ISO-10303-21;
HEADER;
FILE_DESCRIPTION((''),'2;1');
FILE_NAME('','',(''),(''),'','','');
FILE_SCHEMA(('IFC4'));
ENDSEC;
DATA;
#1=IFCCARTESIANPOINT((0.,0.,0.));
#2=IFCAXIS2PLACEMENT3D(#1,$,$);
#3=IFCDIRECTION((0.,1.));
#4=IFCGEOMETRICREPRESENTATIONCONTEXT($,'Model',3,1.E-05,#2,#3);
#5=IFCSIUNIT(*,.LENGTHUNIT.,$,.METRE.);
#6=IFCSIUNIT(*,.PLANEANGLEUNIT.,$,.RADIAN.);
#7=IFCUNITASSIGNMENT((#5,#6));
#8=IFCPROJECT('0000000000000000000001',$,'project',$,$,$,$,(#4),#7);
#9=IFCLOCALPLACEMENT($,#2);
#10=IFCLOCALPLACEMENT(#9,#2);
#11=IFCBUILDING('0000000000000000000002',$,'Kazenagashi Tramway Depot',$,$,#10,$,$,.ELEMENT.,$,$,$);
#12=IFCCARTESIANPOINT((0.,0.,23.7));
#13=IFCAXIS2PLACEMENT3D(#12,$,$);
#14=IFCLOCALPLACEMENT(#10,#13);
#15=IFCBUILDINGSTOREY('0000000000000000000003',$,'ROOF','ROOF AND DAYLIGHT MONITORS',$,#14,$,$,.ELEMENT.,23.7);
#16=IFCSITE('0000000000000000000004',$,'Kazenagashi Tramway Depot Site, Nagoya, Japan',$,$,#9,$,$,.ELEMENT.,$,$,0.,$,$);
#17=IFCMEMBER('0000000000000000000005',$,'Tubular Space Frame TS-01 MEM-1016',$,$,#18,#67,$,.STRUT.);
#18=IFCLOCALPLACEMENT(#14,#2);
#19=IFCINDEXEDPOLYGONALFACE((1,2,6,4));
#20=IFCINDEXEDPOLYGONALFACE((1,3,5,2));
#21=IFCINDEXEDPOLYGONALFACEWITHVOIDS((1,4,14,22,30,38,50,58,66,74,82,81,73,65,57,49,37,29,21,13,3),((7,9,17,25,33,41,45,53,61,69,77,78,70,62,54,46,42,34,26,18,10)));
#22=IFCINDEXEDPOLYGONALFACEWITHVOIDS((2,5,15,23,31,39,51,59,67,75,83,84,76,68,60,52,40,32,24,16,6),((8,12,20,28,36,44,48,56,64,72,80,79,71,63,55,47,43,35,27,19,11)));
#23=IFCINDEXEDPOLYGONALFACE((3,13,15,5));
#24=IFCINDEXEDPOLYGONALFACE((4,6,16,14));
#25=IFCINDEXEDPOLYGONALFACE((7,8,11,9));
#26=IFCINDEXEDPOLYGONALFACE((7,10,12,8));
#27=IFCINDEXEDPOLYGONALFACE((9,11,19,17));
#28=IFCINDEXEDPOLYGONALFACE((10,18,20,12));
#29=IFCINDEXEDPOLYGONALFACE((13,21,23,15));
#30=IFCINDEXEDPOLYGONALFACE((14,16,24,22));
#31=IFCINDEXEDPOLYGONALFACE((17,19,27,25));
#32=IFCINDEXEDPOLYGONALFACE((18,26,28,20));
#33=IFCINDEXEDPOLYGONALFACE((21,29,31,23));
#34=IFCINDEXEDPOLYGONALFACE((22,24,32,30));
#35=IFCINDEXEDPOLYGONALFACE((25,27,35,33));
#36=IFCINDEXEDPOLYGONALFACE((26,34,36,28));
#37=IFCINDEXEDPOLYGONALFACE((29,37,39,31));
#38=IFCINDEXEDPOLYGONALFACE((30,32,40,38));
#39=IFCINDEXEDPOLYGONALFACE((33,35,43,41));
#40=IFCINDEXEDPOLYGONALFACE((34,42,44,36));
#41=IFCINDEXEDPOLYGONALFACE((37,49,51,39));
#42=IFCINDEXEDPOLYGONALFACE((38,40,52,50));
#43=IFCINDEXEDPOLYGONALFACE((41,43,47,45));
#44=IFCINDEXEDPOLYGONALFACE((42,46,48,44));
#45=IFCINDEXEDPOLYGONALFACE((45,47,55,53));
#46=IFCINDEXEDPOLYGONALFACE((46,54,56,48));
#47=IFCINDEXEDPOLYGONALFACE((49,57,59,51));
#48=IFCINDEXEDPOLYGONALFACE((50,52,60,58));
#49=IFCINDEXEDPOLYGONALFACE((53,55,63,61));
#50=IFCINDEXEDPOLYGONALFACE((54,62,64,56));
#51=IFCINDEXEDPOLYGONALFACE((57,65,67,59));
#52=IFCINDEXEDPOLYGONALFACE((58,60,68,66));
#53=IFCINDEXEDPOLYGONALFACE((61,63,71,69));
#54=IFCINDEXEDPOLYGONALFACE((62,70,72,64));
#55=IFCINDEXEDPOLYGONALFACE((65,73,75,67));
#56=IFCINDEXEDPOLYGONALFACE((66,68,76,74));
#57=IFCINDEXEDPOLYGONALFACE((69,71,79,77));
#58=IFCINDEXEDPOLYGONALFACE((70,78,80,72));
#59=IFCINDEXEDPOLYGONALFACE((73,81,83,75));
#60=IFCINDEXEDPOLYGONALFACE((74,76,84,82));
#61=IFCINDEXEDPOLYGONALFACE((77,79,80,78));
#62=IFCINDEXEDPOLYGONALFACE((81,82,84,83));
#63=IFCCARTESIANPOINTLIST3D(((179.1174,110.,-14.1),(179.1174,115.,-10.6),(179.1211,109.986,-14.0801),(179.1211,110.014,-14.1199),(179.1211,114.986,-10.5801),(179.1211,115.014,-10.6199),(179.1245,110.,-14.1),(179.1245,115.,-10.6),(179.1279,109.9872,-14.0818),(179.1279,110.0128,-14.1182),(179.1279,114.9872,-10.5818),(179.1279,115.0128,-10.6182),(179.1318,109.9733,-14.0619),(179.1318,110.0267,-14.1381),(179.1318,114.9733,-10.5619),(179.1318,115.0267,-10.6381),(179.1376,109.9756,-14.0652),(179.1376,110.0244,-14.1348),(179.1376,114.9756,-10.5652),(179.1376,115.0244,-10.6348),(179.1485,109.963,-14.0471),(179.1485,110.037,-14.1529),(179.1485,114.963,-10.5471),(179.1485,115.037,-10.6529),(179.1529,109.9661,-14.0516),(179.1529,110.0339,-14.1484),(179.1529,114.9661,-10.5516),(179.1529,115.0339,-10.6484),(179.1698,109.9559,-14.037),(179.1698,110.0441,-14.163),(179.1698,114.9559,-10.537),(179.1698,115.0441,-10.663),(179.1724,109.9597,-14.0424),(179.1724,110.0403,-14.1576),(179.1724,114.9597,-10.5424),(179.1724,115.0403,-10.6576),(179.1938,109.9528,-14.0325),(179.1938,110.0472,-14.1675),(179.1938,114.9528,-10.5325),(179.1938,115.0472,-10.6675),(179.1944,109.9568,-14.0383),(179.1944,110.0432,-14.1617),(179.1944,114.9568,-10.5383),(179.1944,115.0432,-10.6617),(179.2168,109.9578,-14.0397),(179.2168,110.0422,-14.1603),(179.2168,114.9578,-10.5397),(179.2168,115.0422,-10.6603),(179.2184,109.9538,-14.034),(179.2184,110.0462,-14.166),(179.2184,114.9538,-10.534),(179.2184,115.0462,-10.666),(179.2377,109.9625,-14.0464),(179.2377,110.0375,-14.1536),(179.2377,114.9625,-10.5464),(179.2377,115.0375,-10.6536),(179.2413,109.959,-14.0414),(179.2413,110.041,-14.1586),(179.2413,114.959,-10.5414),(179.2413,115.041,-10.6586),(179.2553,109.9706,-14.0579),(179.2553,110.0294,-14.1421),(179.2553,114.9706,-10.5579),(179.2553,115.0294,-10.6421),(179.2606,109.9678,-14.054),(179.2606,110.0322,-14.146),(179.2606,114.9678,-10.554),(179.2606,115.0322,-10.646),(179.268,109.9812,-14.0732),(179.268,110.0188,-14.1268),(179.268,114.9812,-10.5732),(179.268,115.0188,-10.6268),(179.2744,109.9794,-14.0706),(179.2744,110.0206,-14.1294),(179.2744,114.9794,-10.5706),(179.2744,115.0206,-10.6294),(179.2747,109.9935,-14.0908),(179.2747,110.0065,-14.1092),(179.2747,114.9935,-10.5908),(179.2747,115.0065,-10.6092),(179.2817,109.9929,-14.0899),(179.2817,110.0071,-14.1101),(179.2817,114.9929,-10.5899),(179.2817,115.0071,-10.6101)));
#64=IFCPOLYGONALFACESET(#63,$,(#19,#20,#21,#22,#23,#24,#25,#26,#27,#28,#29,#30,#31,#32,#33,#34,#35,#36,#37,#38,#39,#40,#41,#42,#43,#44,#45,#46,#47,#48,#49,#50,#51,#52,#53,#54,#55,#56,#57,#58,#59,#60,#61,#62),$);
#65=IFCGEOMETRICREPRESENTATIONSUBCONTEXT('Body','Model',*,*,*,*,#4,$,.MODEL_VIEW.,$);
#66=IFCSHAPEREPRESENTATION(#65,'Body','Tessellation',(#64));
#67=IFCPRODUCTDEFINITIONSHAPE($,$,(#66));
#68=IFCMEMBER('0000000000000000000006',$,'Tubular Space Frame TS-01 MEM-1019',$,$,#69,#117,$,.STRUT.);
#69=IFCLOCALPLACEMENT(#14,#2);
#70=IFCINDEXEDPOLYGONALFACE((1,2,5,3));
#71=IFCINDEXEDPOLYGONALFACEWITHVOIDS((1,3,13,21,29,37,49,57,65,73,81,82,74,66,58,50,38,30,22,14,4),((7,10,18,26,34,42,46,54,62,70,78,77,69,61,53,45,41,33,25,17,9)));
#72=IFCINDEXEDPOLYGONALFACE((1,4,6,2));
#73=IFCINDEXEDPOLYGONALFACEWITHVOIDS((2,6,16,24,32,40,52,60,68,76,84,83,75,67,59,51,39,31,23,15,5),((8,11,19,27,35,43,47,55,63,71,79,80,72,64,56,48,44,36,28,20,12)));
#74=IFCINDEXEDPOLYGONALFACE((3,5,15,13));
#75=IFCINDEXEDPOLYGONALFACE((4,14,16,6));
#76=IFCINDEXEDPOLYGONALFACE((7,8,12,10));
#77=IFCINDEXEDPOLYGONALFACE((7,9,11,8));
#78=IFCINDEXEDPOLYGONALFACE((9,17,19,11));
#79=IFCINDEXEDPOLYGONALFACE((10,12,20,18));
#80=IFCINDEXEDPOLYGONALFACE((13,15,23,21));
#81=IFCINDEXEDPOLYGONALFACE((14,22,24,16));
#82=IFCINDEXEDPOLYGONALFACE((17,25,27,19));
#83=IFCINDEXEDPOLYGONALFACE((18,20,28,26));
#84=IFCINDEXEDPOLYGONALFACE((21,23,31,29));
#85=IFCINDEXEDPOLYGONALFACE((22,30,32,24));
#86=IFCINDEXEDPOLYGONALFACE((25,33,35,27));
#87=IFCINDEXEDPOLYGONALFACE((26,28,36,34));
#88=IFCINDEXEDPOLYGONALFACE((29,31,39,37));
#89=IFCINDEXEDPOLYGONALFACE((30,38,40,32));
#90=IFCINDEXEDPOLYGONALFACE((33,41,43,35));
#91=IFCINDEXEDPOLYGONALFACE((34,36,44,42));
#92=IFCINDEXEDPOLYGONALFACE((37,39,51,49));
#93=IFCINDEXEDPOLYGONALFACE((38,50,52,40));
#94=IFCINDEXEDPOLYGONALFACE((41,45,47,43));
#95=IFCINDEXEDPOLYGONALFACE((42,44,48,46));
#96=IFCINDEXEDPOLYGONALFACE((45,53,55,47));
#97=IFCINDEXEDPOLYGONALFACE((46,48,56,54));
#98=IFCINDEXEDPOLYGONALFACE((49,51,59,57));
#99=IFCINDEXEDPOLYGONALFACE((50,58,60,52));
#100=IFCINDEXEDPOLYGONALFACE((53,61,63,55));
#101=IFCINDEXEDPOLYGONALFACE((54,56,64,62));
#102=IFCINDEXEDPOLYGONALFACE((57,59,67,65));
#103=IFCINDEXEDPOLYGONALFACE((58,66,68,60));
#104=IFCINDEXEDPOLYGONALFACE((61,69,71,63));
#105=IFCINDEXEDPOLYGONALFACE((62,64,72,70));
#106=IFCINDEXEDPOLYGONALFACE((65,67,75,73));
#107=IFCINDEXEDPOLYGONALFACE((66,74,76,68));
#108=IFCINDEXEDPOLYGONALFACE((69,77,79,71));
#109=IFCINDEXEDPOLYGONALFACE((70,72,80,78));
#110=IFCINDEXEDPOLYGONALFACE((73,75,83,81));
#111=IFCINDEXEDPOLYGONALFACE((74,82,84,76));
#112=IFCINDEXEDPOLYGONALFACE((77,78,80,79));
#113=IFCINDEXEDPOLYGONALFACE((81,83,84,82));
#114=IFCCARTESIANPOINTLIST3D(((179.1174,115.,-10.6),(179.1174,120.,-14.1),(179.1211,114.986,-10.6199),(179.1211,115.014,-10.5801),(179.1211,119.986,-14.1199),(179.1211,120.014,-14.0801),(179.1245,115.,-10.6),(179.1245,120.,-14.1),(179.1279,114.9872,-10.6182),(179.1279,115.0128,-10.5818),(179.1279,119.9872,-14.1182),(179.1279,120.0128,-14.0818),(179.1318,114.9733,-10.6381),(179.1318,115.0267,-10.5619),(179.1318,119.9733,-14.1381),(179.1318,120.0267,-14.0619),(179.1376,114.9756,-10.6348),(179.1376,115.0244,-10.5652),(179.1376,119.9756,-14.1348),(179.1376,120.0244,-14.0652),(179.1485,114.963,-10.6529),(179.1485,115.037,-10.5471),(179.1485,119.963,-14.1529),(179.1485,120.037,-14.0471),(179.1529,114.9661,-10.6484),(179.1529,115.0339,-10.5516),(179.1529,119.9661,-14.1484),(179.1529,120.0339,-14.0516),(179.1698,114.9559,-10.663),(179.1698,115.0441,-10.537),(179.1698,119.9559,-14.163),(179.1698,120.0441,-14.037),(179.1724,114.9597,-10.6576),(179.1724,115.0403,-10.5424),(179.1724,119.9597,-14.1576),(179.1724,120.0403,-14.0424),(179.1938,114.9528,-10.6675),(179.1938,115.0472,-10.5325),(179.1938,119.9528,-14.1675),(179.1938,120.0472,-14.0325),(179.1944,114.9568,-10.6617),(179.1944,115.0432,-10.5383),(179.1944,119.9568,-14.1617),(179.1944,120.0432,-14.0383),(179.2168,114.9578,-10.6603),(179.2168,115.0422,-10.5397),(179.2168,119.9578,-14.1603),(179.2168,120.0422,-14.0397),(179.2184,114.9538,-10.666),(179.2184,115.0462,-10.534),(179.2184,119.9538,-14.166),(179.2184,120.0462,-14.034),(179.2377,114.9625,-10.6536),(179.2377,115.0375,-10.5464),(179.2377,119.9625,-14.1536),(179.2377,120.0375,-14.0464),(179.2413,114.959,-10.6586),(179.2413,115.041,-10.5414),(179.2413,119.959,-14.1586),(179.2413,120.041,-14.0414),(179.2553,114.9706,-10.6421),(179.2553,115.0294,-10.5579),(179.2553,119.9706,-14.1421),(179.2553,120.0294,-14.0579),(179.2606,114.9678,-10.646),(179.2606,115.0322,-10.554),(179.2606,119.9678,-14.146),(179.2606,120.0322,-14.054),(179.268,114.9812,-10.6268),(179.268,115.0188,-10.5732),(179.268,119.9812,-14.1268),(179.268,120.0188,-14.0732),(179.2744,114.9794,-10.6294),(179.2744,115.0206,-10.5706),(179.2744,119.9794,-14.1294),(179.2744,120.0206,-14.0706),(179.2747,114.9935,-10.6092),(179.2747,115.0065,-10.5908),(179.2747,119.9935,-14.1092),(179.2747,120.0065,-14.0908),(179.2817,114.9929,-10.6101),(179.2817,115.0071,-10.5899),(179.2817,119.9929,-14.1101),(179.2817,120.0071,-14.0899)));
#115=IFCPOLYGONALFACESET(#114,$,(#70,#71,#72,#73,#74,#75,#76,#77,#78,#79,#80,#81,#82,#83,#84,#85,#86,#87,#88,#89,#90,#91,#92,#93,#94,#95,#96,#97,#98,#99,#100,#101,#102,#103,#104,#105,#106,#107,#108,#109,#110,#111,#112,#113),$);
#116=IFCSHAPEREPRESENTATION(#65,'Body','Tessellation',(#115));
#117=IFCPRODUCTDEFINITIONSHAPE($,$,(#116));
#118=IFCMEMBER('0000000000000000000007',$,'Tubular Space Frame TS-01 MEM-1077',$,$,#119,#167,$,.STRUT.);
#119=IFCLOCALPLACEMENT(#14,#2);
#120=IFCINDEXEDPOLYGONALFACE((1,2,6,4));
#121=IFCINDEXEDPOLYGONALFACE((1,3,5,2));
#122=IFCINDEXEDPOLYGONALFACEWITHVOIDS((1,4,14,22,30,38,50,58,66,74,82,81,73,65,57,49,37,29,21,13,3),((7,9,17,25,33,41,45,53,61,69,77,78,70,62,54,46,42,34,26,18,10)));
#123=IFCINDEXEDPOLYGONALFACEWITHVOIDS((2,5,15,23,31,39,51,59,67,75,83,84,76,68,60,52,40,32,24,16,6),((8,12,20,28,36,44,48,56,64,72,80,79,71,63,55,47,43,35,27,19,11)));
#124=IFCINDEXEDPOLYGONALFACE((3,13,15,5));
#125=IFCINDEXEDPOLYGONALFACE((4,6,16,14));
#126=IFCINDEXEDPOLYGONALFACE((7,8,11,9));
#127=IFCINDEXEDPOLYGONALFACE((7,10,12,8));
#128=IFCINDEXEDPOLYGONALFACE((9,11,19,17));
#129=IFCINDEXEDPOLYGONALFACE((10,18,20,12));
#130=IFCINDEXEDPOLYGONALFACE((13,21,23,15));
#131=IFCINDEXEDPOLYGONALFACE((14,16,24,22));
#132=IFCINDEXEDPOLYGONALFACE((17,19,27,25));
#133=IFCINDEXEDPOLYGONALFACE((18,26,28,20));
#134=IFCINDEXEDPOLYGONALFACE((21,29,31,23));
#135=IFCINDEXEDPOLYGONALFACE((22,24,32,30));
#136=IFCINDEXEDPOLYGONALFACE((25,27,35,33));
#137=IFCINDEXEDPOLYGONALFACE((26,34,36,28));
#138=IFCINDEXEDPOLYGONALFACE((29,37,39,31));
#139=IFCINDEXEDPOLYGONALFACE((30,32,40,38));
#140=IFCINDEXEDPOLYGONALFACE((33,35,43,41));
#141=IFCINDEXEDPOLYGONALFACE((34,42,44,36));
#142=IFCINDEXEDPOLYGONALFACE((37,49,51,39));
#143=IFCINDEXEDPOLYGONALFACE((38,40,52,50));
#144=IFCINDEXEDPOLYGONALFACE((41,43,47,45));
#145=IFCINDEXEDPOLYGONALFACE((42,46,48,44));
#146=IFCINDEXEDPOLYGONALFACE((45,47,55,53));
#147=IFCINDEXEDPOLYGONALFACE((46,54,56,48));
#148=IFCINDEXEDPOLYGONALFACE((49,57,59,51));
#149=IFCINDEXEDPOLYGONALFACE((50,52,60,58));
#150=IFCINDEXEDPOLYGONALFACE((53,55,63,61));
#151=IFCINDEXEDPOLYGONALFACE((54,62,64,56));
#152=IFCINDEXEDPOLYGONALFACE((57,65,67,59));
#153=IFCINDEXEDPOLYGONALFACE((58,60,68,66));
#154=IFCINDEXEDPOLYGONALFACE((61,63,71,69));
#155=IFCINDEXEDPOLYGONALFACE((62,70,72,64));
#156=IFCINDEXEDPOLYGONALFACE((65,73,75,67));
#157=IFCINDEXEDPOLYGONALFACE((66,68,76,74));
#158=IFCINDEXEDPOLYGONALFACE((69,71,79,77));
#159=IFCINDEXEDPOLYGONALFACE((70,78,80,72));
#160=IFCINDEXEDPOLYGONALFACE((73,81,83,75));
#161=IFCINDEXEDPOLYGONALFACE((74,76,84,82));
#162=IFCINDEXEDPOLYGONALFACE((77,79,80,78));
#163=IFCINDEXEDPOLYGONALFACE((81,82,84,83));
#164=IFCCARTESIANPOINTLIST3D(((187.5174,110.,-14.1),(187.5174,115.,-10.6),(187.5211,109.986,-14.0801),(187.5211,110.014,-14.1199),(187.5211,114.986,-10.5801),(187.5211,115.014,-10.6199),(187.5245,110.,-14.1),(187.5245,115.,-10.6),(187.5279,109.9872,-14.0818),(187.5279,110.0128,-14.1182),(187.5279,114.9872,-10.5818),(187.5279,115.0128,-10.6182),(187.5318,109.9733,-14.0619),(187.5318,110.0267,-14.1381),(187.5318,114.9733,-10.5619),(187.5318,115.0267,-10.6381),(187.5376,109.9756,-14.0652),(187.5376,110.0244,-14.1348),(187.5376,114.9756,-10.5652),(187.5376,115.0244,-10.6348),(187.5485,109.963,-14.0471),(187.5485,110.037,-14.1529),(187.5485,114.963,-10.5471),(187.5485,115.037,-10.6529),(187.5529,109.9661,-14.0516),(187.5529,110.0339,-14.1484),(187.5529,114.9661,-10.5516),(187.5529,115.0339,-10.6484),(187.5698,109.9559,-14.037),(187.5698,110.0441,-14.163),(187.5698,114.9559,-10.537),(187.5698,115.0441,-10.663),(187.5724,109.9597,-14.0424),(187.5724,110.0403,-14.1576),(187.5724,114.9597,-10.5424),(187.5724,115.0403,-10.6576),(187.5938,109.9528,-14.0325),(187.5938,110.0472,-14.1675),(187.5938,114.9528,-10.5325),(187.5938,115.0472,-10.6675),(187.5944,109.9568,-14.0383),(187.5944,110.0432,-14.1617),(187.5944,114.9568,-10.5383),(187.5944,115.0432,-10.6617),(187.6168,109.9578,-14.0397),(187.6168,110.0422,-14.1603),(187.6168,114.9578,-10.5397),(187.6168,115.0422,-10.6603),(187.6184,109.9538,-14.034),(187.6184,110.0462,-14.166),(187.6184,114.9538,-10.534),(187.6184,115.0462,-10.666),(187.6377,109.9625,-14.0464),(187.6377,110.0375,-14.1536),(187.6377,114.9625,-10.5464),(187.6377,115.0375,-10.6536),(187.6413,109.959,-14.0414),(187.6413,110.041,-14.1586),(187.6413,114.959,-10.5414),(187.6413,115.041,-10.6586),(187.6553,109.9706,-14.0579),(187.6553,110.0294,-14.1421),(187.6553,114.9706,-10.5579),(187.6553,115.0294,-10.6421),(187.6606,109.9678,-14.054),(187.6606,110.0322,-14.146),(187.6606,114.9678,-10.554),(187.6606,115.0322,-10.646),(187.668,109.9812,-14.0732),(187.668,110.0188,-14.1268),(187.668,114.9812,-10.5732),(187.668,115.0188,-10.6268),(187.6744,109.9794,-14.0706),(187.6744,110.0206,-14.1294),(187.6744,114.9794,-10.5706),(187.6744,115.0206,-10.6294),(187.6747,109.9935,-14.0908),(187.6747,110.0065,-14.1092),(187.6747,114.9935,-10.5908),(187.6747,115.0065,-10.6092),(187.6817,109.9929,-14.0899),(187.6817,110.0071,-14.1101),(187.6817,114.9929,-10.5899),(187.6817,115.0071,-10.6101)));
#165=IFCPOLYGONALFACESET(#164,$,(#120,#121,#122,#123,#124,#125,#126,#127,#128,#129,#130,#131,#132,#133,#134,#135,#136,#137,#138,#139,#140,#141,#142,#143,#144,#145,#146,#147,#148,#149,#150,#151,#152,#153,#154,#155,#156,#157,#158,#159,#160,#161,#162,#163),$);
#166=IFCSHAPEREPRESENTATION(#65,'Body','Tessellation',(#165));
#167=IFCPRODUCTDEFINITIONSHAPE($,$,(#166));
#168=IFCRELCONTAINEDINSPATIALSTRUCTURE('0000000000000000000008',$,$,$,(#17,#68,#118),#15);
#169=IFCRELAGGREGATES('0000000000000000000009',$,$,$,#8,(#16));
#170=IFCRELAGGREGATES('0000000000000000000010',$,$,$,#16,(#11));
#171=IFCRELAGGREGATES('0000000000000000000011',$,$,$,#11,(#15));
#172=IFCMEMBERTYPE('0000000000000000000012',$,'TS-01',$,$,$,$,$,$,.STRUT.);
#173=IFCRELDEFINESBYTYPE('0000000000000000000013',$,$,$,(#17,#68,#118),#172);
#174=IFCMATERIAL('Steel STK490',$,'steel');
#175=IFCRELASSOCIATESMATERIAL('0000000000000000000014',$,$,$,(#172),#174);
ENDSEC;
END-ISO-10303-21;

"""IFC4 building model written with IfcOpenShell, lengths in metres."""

from ifc_helpers import new_model, si_unit, direction, frame, origin, origin_2d, place, context, subcontext, project, spatial, hollow_circle, extrude, material, material_profile, profile_set, type_object, element, save


model = new_model("IFC4")

# Units and contexts
model_context = context("Model", 3, precision=1e-05, world=origin(), true_north=direction((0.0, 1.0)))
body_context = subcontext(model_context, "Body", "Model", "MODEL_VIEW")
ifc_project = project(units=[si_unit("LENGTHUNIT", "METRE"), si_unit("PLANEANGLEUNIT", "RADIAN")], contexts=[model_context])

# Site, building, storey
site_placement = place(None, origin())
site = spatial("IfcSite", under=ifc_project, at=site_placement, Name="Kazenagashi Tramway Depot Site, Nagoya, Japan", CompositionType="ELEMENT", RefElevation=0.0)
building_placement = place(site_placement, origin())
building = spatial("IfcBuilding", under=site, at=building_placement, Name="Kazenagashi Tramway Depot", CompositionType="ELEMENT")
storey_placement = place(building_placement, frame((0.0, 0.0, 23.7)))
storey = spatial("IfcBuildingStorey", under=building, at=storey_placement, Name="ROOF", Description="ROOF AND DAYLIGHT MONITORS", CompositionType="ELEMENT", Elevation=23.7)

# Members
ifc_material_1 = material(Name="Steel STK490", Category="steel")
ifc_material_profile_1 = material_profile(ifc_material_1, hollow_circle(Radius=0.0826, WallThickness=0.0071, at=origin_2d()), Name="CHS-165.2x7.1")
ifc_profile_set_1 = profile_set([ifc_material_profile_1], Name="Steel STK490")
member_type_1 = type_object("IfcMemberType", Name="TS-01", PredefinedType="STRUT", material=ifc_profile_set_1)
for number, where, z_axis, x_axis, name in (
    (1, (179.2, 110.0, -14.1), (0.0, 0.819232, 0.573462), (-1.0, 0.0, 0.0), "Tubular Space Frame TS-01 MEM-1016"),
    (2, (179.2, 115.0, -10.6), (0.0, 0.819232, -0.573462), (-1.0, 0.0, 0.0), "Tubular Space Frame TS-01 MEM-1019"),
    (3, (187.6, 110.0, -14.1), (0.0, 0.819232, 0.573462), (-1.0, 0.0, 0.0), "Tubular Space Frame TS-01 MEM-1077"),
):
    element("IfcMember", number, at=place(storey_placement, frame(where, z_axis=z_axis, x_axis=x_axis)), inside=storey, type_object=member_type_1, Name=name, PredefinedType="STRUT", context=body_context, shape_type="SweptSolid", body=[
        extrude(hollow_circle(Radius=0.0826, WallThickness=0.0071, at=origin_2d()), origin(), (0.0, 0.0, 1.0), 6.1033),
    ])

save(model, "model.ifc")
